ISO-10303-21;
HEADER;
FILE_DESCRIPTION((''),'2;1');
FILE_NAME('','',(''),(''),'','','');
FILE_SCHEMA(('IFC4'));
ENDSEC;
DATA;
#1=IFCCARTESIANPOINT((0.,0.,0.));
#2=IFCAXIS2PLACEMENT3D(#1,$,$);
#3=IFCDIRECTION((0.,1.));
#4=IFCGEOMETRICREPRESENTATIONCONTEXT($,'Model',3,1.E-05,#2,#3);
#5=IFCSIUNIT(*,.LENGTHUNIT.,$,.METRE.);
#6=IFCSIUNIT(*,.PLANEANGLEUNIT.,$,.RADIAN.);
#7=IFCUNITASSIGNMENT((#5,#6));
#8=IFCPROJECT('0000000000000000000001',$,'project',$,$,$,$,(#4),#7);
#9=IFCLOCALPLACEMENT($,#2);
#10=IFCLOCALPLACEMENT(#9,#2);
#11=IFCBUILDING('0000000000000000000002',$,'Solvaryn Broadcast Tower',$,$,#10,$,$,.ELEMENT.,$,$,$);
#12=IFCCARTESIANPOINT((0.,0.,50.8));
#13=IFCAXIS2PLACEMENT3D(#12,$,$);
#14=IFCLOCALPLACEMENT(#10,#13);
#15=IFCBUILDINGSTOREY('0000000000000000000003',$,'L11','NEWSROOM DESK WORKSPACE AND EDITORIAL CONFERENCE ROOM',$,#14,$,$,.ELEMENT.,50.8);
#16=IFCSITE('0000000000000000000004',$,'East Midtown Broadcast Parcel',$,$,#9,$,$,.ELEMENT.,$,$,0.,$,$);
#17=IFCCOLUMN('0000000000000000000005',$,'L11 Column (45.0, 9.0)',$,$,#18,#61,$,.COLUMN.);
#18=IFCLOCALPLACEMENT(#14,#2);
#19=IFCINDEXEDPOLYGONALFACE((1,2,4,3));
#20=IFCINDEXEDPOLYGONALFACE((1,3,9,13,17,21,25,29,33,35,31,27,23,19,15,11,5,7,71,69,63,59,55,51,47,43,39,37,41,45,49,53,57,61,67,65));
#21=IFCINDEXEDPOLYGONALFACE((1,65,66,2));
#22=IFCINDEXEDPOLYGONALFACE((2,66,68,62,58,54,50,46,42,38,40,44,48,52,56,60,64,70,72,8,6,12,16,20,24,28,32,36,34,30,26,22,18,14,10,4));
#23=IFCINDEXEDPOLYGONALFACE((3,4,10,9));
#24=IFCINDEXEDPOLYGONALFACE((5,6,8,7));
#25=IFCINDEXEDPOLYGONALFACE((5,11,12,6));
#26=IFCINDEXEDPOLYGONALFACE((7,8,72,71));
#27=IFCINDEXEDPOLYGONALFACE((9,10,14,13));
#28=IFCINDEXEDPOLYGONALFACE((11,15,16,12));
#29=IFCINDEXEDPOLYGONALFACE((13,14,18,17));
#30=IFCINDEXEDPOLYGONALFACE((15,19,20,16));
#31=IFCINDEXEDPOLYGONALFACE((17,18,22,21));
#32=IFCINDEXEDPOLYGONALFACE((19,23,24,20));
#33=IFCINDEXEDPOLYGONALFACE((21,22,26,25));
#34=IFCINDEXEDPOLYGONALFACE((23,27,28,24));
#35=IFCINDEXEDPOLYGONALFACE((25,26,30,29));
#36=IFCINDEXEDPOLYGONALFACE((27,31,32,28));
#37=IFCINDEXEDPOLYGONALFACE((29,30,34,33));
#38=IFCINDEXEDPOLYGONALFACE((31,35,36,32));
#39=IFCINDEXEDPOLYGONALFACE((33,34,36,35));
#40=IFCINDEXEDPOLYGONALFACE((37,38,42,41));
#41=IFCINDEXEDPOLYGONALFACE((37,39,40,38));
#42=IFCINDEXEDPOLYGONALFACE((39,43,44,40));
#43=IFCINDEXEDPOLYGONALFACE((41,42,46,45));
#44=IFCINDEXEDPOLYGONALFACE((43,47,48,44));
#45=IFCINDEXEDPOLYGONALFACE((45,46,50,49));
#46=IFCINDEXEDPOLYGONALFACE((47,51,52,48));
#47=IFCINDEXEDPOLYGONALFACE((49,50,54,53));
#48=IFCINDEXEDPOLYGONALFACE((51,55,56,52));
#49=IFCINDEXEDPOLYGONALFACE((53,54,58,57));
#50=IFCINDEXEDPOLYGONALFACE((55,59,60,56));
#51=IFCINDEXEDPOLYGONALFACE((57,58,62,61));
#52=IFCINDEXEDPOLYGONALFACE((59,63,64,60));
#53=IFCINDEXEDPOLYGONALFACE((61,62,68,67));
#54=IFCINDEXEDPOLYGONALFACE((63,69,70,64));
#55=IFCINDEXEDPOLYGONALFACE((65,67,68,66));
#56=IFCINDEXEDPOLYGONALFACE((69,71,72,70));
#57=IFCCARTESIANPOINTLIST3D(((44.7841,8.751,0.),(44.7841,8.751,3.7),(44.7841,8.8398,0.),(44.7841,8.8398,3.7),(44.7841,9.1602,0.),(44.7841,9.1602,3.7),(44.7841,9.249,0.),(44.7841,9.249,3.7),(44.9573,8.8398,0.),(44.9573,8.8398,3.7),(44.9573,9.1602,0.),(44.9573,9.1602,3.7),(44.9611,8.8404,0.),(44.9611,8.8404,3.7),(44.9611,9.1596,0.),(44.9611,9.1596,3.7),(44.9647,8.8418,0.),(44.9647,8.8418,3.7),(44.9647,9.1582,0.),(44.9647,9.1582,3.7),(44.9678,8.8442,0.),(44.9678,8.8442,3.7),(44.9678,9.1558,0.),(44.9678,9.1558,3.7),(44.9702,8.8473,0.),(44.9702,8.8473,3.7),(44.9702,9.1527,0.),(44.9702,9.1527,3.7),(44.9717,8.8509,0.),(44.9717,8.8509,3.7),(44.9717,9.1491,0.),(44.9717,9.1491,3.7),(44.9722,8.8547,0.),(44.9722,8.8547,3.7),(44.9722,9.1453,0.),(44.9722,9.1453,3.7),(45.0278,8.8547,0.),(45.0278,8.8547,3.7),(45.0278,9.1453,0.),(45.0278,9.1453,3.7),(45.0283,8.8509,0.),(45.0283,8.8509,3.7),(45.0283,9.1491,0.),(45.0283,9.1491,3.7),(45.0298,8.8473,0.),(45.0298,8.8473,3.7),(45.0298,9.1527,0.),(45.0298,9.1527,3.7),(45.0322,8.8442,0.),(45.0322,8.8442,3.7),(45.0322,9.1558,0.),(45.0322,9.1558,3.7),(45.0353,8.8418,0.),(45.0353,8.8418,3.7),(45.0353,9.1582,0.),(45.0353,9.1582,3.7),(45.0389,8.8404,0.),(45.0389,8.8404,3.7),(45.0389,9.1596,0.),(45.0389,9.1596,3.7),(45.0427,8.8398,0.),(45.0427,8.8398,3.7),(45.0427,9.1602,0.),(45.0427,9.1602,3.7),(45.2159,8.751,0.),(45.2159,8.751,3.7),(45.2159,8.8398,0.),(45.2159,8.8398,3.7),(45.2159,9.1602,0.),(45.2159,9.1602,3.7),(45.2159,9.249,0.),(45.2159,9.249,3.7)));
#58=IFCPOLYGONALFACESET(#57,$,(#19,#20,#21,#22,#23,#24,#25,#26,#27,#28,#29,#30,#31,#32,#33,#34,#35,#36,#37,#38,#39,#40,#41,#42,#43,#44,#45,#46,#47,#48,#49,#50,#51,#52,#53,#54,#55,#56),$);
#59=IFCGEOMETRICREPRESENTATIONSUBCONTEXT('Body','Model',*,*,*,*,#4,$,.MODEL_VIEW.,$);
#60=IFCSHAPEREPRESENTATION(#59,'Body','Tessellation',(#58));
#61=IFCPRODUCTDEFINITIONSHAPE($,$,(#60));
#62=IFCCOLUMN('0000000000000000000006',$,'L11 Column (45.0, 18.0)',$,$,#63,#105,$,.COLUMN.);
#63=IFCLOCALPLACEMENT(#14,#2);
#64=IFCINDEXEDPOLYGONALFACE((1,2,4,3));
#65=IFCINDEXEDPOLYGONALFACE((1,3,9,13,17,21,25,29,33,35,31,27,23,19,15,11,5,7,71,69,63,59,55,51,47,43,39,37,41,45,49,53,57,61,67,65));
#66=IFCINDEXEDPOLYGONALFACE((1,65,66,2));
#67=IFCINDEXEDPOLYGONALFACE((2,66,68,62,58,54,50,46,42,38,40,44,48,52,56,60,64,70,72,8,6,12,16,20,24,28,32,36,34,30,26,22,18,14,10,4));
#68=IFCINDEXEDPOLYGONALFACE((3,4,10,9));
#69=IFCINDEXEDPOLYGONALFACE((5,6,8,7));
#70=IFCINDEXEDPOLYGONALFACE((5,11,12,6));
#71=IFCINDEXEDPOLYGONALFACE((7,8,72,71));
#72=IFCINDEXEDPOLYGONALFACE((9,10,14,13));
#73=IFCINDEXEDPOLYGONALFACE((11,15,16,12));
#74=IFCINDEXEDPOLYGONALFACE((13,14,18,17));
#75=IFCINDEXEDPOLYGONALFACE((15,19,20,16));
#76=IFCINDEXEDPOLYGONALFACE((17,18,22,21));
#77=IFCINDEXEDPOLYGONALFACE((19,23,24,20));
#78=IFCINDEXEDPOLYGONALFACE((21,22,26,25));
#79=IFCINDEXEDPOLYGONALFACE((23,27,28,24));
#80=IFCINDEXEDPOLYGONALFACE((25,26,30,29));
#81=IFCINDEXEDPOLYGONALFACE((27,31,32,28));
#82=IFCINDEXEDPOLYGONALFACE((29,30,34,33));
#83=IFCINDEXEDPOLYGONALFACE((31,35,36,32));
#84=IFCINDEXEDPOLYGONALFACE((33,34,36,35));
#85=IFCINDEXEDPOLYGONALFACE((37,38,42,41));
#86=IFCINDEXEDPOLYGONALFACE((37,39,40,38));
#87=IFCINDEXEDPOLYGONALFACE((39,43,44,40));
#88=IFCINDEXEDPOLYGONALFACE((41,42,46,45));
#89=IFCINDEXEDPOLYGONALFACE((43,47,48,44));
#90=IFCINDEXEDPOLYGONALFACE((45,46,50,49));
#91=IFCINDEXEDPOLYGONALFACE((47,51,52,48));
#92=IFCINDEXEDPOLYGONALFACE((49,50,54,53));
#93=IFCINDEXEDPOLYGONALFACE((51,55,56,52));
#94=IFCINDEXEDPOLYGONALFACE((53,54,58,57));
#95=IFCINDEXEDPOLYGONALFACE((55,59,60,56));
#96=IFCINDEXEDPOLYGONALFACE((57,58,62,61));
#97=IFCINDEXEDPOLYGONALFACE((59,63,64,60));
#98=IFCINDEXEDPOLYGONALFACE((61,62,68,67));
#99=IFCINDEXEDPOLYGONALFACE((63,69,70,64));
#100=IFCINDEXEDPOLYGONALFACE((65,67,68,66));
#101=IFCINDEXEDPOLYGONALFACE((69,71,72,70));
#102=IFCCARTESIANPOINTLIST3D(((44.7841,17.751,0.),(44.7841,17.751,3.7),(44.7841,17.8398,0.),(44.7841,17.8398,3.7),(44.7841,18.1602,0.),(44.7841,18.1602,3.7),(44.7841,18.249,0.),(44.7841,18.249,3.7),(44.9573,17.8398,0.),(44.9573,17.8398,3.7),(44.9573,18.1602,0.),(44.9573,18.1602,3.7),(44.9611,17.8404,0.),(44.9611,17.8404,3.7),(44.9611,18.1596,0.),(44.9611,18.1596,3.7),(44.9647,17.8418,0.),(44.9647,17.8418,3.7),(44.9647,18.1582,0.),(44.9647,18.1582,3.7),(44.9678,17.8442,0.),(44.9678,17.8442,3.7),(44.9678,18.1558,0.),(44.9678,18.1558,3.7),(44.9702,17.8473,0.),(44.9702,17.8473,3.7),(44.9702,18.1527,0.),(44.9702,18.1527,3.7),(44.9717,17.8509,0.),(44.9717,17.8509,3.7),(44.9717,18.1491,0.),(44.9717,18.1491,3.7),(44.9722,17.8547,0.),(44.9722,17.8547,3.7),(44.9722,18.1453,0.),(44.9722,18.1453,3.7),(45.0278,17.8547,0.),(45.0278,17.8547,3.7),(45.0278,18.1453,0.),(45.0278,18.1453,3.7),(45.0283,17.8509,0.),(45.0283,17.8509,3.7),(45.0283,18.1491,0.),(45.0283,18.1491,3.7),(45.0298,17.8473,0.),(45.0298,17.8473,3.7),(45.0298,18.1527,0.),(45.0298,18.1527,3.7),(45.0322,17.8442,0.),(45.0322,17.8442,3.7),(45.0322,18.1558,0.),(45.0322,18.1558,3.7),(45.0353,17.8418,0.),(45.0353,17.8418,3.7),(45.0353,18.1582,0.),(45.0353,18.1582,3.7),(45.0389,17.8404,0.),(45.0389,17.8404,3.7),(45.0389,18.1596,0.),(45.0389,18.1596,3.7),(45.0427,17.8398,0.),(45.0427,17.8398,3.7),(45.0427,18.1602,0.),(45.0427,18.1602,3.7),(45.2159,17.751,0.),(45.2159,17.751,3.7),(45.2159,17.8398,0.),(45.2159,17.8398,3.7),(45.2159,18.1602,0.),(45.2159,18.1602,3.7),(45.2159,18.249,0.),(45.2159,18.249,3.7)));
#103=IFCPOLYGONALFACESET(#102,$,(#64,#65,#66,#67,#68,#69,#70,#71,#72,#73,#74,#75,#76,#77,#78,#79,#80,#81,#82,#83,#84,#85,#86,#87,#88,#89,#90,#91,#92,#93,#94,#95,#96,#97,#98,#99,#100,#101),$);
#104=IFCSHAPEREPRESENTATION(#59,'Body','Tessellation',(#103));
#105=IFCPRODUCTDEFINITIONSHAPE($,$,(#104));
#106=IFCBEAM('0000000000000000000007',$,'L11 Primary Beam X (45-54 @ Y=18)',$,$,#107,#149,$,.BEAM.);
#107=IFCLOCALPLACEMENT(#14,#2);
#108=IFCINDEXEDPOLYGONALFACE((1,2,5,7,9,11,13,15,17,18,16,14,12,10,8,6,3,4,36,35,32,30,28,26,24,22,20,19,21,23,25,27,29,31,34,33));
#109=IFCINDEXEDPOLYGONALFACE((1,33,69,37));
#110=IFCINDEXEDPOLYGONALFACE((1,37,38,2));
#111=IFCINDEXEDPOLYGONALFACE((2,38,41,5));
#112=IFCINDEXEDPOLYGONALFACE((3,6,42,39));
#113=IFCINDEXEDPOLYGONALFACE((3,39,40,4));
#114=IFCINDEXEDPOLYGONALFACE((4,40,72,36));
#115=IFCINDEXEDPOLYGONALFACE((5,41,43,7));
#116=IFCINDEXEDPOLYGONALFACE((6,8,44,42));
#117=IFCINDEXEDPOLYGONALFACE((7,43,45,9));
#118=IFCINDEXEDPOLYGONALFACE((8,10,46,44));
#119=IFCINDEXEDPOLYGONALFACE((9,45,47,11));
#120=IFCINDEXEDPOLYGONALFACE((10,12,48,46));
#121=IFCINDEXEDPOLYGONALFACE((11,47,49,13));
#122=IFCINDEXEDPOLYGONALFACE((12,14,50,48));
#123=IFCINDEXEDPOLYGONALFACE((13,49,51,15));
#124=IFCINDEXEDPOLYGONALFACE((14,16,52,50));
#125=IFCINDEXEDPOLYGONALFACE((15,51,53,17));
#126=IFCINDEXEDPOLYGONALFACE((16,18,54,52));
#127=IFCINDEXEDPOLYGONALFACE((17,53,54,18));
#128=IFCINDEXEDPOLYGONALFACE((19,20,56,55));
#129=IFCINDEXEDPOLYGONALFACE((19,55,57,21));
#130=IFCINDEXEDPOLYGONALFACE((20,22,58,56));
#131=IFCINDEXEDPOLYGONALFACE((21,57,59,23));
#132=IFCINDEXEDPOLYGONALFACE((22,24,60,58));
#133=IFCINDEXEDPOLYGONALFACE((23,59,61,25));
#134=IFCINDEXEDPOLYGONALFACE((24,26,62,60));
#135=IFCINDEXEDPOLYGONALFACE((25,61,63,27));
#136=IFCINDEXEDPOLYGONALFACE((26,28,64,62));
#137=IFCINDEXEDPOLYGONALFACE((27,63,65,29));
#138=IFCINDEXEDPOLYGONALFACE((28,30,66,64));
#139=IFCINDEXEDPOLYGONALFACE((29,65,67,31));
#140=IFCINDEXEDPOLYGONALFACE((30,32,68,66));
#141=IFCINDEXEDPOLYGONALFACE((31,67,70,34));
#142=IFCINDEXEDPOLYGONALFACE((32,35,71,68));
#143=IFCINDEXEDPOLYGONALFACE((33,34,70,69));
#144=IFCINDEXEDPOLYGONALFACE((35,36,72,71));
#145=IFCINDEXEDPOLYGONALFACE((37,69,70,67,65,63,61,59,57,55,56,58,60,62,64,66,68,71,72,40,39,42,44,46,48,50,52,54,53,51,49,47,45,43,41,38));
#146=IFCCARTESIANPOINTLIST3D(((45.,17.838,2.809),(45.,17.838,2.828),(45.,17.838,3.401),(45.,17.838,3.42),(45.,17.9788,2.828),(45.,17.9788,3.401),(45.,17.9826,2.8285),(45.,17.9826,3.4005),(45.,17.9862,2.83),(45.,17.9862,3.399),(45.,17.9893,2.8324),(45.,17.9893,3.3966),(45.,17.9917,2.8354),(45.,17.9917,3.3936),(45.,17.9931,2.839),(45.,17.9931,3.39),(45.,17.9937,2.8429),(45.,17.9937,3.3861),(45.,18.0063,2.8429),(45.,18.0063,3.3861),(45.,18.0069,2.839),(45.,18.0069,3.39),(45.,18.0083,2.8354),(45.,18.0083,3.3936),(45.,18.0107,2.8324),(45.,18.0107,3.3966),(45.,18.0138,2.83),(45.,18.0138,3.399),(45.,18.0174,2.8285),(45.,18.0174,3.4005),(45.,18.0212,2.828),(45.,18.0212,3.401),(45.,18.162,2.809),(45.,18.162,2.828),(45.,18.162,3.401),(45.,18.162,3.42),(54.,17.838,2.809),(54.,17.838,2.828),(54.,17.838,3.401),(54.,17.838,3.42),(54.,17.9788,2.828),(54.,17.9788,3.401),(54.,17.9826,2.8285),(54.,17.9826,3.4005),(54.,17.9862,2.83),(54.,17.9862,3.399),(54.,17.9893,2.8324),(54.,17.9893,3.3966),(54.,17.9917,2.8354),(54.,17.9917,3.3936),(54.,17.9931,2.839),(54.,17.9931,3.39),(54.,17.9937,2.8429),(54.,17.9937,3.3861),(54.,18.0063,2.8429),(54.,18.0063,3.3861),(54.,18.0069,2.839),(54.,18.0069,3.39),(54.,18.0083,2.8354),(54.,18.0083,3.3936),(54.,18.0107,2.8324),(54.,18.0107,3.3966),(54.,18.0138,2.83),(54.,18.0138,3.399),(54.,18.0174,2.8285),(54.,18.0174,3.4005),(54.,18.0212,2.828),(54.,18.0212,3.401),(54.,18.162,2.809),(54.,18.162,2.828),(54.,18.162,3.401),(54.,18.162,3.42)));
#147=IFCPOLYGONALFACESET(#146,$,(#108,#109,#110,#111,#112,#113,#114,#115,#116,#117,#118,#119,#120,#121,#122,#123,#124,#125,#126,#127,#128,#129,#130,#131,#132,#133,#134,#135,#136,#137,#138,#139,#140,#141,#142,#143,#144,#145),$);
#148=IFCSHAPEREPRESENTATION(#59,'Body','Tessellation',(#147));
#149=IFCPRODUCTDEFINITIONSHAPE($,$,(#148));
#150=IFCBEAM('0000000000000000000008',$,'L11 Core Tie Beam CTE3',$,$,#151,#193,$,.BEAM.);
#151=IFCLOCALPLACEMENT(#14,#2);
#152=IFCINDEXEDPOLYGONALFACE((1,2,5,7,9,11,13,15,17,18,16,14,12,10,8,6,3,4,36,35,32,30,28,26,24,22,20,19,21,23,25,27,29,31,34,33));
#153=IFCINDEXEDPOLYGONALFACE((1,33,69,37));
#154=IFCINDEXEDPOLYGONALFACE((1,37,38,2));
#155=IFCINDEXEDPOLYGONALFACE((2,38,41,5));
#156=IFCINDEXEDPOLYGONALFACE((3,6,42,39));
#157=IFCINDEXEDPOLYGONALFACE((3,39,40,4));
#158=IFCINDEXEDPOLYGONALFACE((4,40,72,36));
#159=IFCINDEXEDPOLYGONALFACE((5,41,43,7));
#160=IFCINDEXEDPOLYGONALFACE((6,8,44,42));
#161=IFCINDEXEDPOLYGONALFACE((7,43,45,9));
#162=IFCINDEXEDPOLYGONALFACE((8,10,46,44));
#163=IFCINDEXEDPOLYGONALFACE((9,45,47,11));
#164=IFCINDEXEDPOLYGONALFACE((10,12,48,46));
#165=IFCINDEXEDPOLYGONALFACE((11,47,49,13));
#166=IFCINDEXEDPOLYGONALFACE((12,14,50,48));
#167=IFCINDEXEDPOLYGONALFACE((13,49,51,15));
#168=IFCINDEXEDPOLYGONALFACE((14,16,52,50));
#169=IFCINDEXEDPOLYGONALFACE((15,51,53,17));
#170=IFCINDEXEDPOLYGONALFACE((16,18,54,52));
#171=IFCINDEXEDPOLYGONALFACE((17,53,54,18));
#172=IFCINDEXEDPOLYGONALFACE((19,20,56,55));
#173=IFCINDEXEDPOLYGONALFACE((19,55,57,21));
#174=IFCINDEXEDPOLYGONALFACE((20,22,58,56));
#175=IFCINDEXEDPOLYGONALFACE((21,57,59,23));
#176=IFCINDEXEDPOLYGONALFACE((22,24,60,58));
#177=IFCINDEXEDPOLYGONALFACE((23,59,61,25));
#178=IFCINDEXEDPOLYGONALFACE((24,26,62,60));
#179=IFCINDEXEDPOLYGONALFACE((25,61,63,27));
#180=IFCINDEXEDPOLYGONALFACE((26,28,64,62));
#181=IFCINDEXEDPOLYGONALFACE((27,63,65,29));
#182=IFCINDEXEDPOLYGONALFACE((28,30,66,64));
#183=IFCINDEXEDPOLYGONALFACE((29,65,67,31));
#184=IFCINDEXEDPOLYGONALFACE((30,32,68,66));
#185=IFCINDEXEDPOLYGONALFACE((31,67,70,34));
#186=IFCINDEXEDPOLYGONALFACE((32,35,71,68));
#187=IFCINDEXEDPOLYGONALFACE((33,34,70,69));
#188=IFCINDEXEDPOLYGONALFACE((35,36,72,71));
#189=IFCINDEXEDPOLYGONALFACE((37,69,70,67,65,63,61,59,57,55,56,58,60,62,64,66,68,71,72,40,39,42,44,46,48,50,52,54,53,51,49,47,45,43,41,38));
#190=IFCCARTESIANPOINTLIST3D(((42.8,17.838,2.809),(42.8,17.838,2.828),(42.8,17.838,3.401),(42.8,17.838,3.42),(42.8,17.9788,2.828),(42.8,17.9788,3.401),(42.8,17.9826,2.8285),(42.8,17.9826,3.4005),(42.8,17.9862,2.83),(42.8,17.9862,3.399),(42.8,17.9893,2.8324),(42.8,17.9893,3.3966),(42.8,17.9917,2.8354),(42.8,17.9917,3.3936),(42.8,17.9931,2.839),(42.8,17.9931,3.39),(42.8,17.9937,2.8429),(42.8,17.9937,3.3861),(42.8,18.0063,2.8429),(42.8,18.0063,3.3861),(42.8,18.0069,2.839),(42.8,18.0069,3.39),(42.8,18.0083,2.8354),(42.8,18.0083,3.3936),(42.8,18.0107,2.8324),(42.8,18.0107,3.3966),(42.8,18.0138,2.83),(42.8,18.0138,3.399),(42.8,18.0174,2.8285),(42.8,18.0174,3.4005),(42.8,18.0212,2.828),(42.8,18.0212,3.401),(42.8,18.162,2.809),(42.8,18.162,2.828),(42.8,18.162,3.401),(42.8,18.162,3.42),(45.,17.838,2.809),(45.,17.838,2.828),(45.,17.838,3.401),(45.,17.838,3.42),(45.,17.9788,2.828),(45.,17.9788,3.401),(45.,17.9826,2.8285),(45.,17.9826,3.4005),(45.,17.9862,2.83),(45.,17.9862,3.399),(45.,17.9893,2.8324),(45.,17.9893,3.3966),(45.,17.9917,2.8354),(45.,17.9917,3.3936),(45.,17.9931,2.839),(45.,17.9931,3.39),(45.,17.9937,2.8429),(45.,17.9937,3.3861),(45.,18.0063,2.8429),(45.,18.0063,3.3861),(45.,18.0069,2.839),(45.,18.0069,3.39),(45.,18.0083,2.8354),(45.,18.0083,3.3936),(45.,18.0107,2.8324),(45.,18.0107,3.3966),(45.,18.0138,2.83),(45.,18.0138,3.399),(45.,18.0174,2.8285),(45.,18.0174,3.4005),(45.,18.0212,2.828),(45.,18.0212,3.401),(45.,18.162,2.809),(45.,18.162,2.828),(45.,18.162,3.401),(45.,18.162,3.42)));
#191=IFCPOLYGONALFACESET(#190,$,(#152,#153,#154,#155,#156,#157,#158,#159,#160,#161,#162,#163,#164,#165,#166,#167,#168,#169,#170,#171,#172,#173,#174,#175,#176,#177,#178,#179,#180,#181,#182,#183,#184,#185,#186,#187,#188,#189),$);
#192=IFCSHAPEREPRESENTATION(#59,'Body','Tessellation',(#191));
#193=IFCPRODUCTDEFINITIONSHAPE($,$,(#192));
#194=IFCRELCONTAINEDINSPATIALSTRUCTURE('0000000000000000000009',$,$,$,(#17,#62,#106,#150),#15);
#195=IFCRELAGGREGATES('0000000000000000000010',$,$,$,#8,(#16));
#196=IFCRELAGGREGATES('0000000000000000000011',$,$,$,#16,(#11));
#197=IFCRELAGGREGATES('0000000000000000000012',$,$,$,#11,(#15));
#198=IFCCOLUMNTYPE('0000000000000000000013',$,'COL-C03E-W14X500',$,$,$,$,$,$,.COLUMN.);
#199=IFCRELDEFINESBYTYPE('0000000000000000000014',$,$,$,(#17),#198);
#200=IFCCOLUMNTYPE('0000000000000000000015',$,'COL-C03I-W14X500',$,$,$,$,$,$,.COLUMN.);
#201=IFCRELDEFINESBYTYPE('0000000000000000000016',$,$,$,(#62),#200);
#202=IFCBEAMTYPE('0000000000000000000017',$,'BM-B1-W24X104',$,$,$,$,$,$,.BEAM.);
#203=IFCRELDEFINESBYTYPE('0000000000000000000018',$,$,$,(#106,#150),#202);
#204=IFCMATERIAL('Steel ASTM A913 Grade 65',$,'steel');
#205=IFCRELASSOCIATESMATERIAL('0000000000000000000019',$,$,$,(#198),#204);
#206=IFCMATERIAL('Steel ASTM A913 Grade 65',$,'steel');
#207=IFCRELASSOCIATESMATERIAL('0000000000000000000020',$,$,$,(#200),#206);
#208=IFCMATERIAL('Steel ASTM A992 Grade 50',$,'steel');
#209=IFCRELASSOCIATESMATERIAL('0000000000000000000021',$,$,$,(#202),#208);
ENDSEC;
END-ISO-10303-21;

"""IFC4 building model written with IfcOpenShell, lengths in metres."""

from ifc_helpers import new_model, si_unit, direction, frame, origin, origin_2d, place, context, subcontext, project, spatial, i_section, extrude, material, material_profile, profile_set, type_object, element, save


model = new_model("IFC4")

# Units and contexts
model_context = context("Model", 3, precision=1e-05, world=origin(), true_north=direction((0.0, 1.0)))
body_context = subcontext(model_context, "Body", "Model", "MODEL_VIEW")
ifc_project = project(units=[si_unit("LENGTHUNIT", "METRE"), si_unit("PLANEANGLEUNIT", "RADIAN")], contexts=[model_context])

# Site, building, storey
site_placement = place(None, origin())
site = spatial("IfcSite", under=ifc_project, at=site_placement, Name="East Midtown Broadcast Parcel", CompositionType="ELEMENT", RefElevation=0.0)
building_placement = place(site_placement, origin())
building = spatial("IfcBuilding", under=site, at=building_placement, Name="Solvaryn Broadcast Tower", CompositionType="ELEMENT")
storey_placement = place(building_placement, frame((0.0, 0.0, 50.8)))
storey = spatial("IfcBuildingStorey", under=building, at=storey_placement, Name="L11", Description="NEWSROOM DESK WORKSPACE AND EDITORIAL CONFERENCE ROOM", CompositionType="ELEMENT", Elevation=50.8)

# Columns
ifc_material_1 = material(Name="Steel ASTM A913 Grade 65", Category="steel")
ifc_material_profile_1 = material_profile(ifc_material_1, i_section(OverallWidth=0.4319, OverallDepth=0.498, WebThickness=0.0557, FlangeThickness=0.0889, FilletRadius=0.0149, at=origin_2d()))
ifc_profile_set_1 = profile_set([ifc_material_profile_1], Name="Steel ASTM A913 Grade 65")
column_type_1 = type_object("IfcColumnType", Name="COL-C03E-W14X500", PredefinedType="COLUMN", material=ifc_profile_set_1)
column_1_placement = place(storey_placement, frame((45.0, 9.0, 0.0), z_axis=(0.0, 0.0, 1.0), x_axis=(1.0, 0.0, 0.0)))
element("IfcColumn", 1, at=column_1_placement, inside=storey, type_object=column_type_1, Name="L11 Column (45.0, 9.0)", PredefinedType="COLUMN", context=body_context, shape_type="SweptSolid", body=[
    extrude(i_section(OverallWidth=0.4319, OverallDepth=0.498, WebThickness=0.0557, FlangeThickness=0.0889, FilletRadius=0.0149, at=origin_2d()), origin(), (0.0, 0.0, 1.0), 3.7),
])
ifc_material_2 = material(Name="Steel ASTM A913 Grade 65", Category="steel")
ifc_material_profile_2 = material_profile(ifc_material_2, i_section(OverallWidth=0.4319, OverallDepth=0.498, WebThickness=0.0557, FlangeThickness=0.0889, FilletRadius=0.0149, at=origin_2d()))
ifc_profile_set_2 = profile_set([ifc_material_profile_2], Name="Steel ASTM A913 Grade 65")
column_type_2 = type_object("IfcColumnType", Name="COL-C03I-W14X500", PredefinedType="COLUMN", material=ifc_profile_set_2)
column_2_placement = place(storey_placement, frame((45.0, 18.0, 0.0), z_axis=(0.0, 0.0, 1.0), x_axis=(1.0, 0.0, 0.0)))
element("IfcColumn", 2, at=column_2_placement, inside=storey, type_object=column_type_2, Name="L11 Column (45.0, 18.0)", PredefinedType="COLUMN", context=body_context, shape_type="SweptSolid", body=[
    extrude(i_section(OverallWidth=0.4319, OverallDepth=0.498, WebThickness=0.0557, FlangeThickness=0.0889, FilletRadius=0.0149, at=origin_2d()), origin(), (0.0, 0.0, 1.0), 3.7),
])

# Beams
ifc_material_3 = material(Name="Steel ASTM A992 Grade 50", Category="steel")
ifc_material_profile_3 = material_profile(ifc_material_3, i_section(OverallWidth=0.324, OverallDepth=0.6111, WebThickness=0.0127, FlangeThickness=0.019, FilletRadius=0.0149, at=origin_2d()))
ifc_profile_set_3 = profile_set([ifc_material_profile_3], Name="Steel ASTM A992 Grade 50")
beam_type_1 = type_object("IfcBeamType", Name="BM-B1-W24X104", PredefinedType="BEAM", material=ifc_profile_set_3)
beam_1_placement = place(storey_placement, frame((45.0, 18.0, 3.1145), z_axis=(1.0, 0.0, 0.0), x_axis=(0.0, 1.0, 0.0)))
element("IfcBeam", 3, at=beam_1_placement, inside=storey, type_object=beam_type_1, Name="L11 Primary Beam X (45-54 @ Y=18)", PredefinedType="BEAM", context=body_context, shape_type="SweptSolid", body=[
    extrude(i_section(OverallWidth=0.324, OverallDepth=0.6111, WebThickness=0.0127, FlangeThickness=0.019, FilletRadius=0.0149, at=origin_2d()), origin(), (0.0, 0.0, 1.0), 9.0),
])
beam_2_placement = place(storey_placement, frame((42.8, 18.0, 3.1145), z_axis=(1.0, 0.0, 0.0), x_axis=(0.0, 1.0, 0.0)))
element("IfcBeam", 4, at=beam_2_placement, inside=storey, type_object=beam_type_1, Name="L11 Core Tie Beam CTE3", PredefinedType="BEAM", context=body_context, shape_type="SweptSolid", body=[
    extrude(i_section(OverallWidth=0.324, OverallDepth=0.6111, WebThickness=0.0127, FlangeThickness=0.019, FilletRadius=0.0149, at=origin_2d()), origin(), (0.0, 0.0, 1.0), 2.2),
])

save(model, "model.ifc")
